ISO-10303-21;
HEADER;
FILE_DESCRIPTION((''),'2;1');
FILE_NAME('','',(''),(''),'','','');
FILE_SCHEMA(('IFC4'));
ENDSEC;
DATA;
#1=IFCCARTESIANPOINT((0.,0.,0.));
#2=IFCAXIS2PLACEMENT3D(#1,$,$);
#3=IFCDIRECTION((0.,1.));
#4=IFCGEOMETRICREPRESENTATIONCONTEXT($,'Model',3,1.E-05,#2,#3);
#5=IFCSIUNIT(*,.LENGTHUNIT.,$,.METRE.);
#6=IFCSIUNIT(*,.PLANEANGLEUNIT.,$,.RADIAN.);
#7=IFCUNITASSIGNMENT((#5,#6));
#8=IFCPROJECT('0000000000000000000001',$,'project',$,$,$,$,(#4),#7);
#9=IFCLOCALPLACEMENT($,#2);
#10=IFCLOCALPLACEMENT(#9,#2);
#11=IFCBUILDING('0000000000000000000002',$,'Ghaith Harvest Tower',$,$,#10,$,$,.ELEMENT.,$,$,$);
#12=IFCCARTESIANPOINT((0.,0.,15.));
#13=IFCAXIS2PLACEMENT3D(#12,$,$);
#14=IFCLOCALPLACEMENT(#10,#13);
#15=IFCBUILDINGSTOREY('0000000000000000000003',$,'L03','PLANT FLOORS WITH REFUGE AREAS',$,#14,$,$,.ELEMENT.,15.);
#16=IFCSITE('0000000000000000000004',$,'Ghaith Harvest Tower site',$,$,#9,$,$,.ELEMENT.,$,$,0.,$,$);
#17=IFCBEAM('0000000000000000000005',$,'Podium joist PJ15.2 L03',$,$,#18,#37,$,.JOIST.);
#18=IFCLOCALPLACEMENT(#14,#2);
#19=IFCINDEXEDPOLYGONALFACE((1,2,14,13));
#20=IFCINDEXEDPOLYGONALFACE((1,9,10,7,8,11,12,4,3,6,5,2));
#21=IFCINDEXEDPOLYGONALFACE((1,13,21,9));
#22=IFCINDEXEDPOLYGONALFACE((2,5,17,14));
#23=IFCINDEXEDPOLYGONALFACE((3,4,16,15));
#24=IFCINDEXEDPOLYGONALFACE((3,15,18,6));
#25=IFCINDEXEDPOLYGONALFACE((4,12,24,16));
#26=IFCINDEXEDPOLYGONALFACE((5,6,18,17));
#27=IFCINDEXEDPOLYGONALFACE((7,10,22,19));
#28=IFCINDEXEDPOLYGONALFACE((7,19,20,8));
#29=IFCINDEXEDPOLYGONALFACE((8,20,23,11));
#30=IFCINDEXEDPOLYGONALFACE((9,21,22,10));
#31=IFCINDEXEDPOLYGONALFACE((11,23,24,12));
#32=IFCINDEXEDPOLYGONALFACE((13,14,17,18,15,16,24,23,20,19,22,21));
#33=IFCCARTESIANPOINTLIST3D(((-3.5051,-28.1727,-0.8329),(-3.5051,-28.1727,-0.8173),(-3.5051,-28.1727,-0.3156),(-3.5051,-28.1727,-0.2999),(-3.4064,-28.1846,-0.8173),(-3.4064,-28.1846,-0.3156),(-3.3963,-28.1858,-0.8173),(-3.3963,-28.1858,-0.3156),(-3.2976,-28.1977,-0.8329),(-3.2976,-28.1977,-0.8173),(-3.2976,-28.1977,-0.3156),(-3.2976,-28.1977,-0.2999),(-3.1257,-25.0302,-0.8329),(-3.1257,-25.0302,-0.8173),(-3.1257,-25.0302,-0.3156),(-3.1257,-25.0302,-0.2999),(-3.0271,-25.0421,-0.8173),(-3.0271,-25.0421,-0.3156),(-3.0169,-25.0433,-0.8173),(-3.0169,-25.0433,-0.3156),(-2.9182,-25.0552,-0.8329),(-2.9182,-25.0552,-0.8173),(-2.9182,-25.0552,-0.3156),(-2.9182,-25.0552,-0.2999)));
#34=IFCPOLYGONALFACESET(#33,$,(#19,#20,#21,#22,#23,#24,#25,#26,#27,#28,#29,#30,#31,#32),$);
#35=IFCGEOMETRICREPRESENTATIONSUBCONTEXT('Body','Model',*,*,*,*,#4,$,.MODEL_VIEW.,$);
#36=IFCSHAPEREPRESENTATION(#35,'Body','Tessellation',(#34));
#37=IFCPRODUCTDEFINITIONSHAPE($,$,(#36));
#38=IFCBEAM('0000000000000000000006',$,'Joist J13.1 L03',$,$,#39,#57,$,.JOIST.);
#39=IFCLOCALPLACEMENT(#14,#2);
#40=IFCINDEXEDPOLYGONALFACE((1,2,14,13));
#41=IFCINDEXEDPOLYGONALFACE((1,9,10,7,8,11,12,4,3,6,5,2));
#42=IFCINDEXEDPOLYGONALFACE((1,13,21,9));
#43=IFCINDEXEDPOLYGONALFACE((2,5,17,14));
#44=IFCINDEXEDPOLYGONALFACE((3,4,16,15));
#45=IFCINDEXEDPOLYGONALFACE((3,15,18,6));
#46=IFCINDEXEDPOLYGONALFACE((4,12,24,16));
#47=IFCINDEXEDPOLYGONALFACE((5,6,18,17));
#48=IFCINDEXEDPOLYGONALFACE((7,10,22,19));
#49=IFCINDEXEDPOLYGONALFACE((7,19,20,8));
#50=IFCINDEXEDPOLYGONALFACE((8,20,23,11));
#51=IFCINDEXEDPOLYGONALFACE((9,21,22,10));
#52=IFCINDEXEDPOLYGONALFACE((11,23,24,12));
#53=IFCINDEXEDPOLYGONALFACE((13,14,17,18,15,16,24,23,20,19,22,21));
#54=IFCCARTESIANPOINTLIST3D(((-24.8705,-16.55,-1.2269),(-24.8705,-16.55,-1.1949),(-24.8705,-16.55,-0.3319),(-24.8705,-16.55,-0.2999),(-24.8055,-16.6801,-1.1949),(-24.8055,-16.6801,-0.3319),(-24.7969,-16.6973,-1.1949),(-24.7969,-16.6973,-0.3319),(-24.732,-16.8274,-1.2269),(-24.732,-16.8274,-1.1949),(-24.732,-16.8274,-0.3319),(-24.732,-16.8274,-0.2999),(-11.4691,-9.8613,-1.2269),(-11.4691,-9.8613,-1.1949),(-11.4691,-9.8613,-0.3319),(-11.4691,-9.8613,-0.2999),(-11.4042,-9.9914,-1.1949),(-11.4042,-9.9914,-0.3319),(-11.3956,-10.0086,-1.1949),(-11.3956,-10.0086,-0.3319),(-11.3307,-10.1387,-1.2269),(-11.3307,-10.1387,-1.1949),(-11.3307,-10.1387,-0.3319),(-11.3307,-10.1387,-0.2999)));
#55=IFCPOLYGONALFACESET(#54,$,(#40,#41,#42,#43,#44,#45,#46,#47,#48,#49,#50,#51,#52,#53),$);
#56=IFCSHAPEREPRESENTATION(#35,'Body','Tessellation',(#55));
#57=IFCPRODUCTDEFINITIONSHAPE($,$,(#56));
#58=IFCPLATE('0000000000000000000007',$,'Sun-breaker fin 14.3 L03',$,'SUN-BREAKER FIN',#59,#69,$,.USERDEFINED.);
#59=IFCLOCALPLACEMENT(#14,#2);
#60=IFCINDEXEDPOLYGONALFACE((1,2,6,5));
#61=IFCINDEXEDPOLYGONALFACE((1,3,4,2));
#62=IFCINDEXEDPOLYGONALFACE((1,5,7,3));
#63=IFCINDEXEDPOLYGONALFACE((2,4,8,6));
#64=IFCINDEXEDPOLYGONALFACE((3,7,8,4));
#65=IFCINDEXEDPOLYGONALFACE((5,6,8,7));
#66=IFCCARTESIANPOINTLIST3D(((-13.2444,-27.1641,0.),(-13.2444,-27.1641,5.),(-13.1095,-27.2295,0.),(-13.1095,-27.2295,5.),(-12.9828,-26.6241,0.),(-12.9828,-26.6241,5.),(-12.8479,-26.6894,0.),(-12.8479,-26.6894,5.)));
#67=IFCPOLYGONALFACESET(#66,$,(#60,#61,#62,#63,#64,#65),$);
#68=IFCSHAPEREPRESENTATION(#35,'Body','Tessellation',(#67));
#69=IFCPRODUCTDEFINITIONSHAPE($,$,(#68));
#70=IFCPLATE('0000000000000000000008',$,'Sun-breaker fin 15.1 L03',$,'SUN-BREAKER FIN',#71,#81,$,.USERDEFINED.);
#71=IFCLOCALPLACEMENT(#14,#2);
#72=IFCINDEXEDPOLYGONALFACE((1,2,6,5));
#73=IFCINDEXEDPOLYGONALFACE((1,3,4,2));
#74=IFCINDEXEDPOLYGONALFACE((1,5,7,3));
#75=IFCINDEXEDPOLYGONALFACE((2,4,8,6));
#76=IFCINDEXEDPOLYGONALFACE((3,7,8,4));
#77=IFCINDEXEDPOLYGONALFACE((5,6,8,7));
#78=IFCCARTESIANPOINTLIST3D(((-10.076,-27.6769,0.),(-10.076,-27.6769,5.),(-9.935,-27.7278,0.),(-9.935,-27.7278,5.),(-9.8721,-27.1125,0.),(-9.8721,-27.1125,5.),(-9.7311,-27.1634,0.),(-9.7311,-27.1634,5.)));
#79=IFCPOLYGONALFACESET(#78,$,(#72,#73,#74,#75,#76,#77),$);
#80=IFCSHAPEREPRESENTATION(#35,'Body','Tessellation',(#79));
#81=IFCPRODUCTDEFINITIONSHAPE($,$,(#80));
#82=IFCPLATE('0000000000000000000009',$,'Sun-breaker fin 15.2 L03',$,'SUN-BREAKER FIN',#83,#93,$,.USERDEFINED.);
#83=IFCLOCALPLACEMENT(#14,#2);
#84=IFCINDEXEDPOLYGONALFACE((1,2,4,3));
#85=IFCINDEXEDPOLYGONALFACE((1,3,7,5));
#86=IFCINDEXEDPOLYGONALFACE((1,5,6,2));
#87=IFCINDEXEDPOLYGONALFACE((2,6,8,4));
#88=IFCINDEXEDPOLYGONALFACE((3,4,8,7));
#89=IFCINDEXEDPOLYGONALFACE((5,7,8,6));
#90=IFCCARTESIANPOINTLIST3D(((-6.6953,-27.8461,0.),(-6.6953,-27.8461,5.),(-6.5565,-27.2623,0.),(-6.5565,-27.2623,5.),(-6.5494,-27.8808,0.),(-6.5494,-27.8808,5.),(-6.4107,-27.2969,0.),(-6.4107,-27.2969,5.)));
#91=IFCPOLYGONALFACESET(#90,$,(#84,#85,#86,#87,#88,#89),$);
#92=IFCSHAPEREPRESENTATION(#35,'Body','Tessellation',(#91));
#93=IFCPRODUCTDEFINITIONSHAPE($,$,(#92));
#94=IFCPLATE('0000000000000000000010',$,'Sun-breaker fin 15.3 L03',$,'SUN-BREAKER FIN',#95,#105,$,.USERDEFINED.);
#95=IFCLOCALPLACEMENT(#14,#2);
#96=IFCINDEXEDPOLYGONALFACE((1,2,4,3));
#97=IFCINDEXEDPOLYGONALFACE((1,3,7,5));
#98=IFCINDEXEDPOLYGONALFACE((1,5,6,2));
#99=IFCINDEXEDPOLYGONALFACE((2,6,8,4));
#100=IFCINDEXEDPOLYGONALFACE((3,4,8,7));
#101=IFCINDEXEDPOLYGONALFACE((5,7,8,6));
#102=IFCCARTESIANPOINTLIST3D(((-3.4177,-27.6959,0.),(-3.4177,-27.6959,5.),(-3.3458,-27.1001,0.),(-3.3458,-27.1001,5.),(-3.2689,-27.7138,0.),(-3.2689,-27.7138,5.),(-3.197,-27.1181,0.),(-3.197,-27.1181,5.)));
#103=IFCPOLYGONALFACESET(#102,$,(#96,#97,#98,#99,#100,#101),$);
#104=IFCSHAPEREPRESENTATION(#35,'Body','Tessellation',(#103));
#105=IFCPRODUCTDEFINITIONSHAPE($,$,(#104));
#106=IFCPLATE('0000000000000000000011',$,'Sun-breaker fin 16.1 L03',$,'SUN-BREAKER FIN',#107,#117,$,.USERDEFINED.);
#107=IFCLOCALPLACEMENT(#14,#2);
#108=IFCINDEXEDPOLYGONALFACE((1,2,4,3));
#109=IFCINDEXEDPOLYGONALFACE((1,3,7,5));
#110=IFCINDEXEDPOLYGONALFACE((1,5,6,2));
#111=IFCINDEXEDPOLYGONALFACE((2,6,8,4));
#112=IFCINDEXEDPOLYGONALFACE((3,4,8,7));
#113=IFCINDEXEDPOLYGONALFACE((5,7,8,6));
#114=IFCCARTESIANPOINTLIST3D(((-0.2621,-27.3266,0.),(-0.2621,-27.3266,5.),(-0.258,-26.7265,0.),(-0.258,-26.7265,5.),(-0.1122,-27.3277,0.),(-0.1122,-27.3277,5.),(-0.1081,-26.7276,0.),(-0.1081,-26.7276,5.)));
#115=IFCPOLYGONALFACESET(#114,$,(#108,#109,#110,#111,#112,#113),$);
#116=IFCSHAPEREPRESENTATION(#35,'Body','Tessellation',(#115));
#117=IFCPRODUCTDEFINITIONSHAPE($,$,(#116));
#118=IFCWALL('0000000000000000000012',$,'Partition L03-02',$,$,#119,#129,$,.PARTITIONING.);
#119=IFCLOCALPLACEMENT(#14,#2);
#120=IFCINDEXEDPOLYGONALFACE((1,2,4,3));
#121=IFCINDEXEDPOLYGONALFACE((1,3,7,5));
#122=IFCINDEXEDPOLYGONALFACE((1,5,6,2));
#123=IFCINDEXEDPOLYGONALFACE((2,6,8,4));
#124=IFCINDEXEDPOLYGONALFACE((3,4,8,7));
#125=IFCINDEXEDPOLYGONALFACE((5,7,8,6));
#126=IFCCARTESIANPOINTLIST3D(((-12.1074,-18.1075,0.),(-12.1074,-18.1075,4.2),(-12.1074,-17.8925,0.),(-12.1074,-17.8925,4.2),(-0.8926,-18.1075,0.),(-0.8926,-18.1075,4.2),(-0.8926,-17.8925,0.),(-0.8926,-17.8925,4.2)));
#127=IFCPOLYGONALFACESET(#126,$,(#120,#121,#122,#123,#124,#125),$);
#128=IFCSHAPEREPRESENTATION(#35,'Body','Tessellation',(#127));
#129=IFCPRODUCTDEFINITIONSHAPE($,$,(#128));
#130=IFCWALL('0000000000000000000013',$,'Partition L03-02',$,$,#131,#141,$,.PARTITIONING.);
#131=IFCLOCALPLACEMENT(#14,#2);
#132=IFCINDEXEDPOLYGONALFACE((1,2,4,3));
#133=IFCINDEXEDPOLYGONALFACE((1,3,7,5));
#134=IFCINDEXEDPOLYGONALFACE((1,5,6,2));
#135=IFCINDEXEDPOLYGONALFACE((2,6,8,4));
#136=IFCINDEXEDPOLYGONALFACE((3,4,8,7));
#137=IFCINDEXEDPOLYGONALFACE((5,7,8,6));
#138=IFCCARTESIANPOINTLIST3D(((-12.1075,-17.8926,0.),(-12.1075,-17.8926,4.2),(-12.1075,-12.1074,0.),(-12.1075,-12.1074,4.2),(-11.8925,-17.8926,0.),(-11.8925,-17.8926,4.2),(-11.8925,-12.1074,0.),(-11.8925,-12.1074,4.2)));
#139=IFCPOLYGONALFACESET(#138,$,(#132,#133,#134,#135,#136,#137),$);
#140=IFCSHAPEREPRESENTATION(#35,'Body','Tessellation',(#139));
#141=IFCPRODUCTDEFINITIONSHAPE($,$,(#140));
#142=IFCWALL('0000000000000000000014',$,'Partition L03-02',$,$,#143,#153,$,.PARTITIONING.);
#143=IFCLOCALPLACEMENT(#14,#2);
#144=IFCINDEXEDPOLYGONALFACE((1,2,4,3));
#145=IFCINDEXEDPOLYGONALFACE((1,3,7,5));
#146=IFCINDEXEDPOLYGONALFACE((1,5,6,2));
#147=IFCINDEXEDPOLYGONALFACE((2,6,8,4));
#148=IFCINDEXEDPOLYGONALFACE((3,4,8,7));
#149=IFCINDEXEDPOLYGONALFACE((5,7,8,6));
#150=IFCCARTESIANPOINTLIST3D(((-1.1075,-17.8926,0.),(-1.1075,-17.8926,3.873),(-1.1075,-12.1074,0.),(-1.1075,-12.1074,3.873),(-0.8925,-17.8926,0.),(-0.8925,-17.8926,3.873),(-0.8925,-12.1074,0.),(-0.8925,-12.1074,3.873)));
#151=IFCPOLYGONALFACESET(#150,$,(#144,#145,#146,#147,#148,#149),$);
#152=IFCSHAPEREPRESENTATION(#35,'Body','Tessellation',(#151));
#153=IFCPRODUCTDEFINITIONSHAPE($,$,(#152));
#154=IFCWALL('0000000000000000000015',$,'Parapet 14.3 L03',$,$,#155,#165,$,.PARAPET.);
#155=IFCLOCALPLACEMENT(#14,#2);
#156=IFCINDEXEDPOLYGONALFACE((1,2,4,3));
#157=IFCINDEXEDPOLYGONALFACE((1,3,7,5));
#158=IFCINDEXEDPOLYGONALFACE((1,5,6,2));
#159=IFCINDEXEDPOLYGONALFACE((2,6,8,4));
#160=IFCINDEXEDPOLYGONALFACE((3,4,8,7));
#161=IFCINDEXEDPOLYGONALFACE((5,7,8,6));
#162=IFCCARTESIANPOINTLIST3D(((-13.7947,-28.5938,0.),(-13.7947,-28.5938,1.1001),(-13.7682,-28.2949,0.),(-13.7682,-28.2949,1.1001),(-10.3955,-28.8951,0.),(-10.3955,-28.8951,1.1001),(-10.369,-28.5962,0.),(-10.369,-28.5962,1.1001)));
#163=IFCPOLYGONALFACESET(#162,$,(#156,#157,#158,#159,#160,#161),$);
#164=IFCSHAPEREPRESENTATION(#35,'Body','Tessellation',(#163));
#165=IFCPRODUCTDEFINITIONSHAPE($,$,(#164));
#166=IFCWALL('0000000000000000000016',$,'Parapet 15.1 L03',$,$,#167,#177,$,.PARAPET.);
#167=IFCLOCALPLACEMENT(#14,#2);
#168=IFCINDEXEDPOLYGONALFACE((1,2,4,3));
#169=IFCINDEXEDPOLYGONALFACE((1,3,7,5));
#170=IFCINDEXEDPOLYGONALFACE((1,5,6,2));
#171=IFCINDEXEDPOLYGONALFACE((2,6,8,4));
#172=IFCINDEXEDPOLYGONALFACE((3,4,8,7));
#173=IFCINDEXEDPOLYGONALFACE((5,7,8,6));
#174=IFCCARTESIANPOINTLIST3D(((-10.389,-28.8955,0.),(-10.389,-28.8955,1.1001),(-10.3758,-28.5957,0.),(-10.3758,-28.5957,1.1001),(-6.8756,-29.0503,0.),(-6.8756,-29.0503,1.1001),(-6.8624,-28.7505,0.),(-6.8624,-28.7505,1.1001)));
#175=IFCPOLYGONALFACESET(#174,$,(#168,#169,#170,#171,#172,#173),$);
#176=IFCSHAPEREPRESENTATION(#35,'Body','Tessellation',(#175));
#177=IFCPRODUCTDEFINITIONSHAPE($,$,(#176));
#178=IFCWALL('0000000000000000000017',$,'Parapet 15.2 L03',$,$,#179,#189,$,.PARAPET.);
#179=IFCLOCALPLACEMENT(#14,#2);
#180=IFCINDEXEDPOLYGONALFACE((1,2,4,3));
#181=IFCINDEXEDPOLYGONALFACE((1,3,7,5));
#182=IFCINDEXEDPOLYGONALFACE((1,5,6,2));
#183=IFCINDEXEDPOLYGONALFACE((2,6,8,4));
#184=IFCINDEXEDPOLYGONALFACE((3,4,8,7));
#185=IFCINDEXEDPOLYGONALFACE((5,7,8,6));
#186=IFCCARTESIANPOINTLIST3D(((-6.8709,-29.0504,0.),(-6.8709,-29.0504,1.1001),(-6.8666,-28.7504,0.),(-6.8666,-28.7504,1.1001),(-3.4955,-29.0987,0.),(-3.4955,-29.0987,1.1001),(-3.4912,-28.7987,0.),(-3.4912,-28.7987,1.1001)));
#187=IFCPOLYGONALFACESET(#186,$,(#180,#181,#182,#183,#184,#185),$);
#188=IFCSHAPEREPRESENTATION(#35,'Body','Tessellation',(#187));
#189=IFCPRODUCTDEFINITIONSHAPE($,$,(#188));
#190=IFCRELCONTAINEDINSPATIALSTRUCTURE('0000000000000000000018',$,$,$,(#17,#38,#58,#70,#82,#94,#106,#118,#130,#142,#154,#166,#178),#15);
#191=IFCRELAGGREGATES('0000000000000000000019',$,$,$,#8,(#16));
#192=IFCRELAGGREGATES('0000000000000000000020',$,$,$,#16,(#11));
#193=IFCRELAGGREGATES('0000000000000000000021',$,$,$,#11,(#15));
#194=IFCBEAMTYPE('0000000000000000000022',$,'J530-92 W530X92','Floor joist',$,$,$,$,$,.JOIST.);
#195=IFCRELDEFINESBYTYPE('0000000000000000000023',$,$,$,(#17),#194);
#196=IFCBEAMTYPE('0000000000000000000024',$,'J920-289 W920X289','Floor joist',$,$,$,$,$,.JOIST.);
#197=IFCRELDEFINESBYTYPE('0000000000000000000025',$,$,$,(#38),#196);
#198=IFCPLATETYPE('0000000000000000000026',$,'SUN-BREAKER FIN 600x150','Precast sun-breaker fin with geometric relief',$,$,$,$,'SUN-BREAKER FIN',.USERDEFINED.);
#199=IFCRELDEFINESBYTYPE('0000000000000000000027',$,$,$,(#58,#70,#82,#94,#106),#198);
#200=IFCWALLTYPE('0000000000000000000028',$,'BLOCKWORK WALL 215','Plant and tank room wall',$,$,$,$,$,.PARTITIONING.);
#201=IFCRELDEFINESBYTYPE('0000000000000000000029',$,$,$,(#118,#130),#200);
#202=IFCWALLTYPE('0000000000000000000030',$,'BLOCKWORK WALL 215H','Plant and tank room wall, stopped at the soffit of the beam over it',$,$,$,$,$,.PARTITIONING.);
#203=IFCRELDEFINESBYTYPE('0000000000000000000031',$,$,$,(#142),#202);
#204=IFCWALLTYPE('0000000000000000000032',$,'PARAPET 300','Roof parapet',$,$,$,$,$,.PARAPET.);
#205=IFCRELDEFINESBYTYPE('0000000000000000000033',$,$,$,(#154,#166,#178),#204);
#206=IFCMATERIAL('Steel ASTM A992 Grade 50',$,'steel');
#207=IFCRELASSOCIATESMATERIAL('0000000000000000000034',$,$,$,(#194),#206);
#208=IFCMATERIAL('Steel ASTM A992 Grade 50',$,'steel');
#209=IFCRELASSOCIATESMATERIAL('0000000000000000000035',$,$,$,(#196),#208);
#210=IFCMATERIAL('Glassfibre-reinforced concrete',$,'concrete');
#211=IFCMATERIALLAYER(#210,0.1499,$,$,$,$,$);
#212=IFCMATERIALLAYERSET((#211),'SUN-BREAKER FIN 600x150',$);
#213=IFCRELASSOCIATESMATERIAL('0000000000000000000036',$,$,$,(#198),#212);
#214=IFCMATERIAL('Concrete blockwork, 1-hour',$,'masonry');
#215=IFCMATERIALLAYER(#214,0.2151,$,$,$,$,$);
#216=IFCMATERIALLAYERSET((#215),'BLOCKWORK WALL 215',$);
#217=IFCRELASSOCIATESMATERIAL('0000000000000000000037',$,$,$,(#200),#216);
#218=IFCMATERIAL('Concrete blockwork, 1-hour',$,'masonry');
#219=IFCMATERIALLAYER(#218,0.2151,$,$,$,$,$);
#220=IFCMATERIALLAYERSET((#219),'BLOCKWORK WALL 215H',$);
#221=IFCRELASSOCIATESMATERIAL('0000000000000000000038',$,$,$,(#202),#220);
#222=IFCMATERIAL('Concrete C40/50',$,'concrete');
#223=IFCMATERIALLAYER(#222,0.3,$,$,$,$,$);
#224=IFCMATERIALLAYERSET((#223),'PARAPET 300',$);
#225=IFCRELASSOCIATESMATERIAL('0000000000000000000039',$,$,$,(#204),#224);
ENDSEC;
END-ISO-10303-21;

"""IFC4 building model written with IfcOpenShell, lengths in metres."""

from ifc_helpers import new_model, si_unit, direction, frame, frame_2d, origin, origin_2d, place, context, subcontext, project, spatial, rectangle, i_section, extrude, material, layer, layer_set, material_profile, profile_set, type_object, element, save


model = new_model("IFC4")

# Units and contexts
model_context = context("Model", 3, precision=1e-05, world=origin(), true_north=direction((0.0, 1.0)))
body_context = subcontext(model_context, "Body", "Model", "MODEL_VIEW")
ifc_project = project(units=[si_unit("LENGTHUNIT", "METRE"), si_unit("PLANEANGLEUNIT", "RADIAN")], contexts=[model_context])

# Site, building, storey
site_placement = place(None, origin())
site = spatial("IfcSite", under=ifc_project, at=site_placement, Name="Ghaith Harvest Tower site", CompositionType="ELEMENT", RefElevation=0.0)
building_placement = place(site_placement, origin())
building = spatial("IfcBuilding", under=site, at=building_placement, Name="Ghaith Harvest Tower", CompositionType="ELEMENT")
storey_placement = place(building_placement, frame((0.0, 0.0, 15.0)))
storey = spatial("IfcBuildingStorey", under=building, at=storey_placement, Name="L03", Description="PLANT FLOORS WITH REFUGE AREAS", CompositionType="ELEMENT", Elevation=15.0)

# Beams
ifc_material_1 = material(Name="Steel ASTM A992 Grade 50", Category="steel")
ifc_material_profile_1 = material_profile(ifc_material_1, i_section(OverallWidth=0.209, OverallDepth=0.533, WebThickness=0.0103, FlangeThickness=0.0156, at=origin_2d()), Name="W530X92")
ifc_profile_set_1 = profile_set([ifc_material_profile_1], Name="Steel ASTM A992 Grade 50")
beam_type_1 = type_object("IfcBeamType", Name="J530-92 W530X92", Description="Floor joist", PredefinedType="JOIST", material=ifc_profile_set_1)
beam_1_placement = place(storey_placement, frame((-3.022, -25.0427, -0.5664), z_axis=(-0.119857, -0.992791, 0.0), x_axis=(0.992791, -0.119857, 0.0)))
element("IfcBeam", 1, at=beam_1_placement, inside=storey, type_object=beam_type_1, Name="Podium joist PJ15.2 L03", PredefinedType="JOIST", context=body_context, shape_type="SweptSolid", body=[
    extrude(i_section(OverallWidth=0.209, OverallDepth=0.533, WebThickness=0.0103, FlangeThickness=0.0156, at=origin_2d()), origin(), (0.0, 0.0, 1.0), 3.1653),
])
ifc_material_2 = material(Name="Steel ASTM A992 Grade 50", Category="steel")
ifc_material_profile_2 = material_profile(ifc_material_2, i_section(OverallWidth=0.3101, OverallDepth=0.927, WebThickness=0.0193, FlangeThickness=0.032, at=origin_2d()), Name="W920X289")
ifc_profile_set_2 = profile_set([ifc_material_profile_2], Name="Steel ASTM A992 Grade 50")
beam_type_2 = type_object("IfcBeamType", Name="J920-289 W920X289", Description="Floor joist", PredefinedType="JOIST", material=ifc_profile_set_2)
beam_2_placement = place(storey_placement, frame((-11.3999, -10.0, -0.7634), z_axis=(-0.894746, -0.446575, 0.0), x_axis=(0.446575, -0.894746, 0.0)))
element("IfcBeam", 2, at=beam_2_placement, inside=storey, type_object=beam_type_2, Name="Joist J13.1 L03", PredefinedType="JOIST", context=body_context, shape_type="SweptSolid", body=[
    extrude(i_section(OverallWidth=0.3101, OverallDepth=0.927, WebThickness=0.0193, FlangeThickness=0.032, at=origin_2d()), origin(), (0.0, 0.0, 1.0), 14.9778),
])

# Plates
ifc_material_3 = material(Name="Glassfibre-reinforced concrete", Category="concrete")
ifc_layer_1 = layer(ifc_material_3, 0.1499)
ifc_layer_set_1 = layer_set([ifc_layer_1], Name="SUN-BREAKER FIN 600x150")
plate_type = type_object("IfcPlateType", Name="SUN-BREAKER FIN 600x150", Description="Precast sun-breaker fin with geometric relief", ElementType="SUN-BREAKER FIN", PredefinedType="USERDEFINED", material=ifc_layer_set_1)
for number, where, z_axis, x_axis, name in (
    (3, (-13.0461, -26.9268, 0.0), (0.0, 0.0, 1.0), (-0.436023, -0.899935, 0.0), "Sun-breaker fin 14.3 L03"),
    (4, (-9.9036, -27.4202, 0.0), (0.0, 0.0, 1.0), (-0.339699, -0.940534, 0.0), "Sun-breaker fin 15.1 L03"),
    (5, (-6.553, -27.5715, 0.0), (0.0, 0.0, 1.0), (-0.231234, -0.972898, 0.0), "Sun-breaker fin 15.2 L03"),
    (6, (-3.3074, -27.407, 0.0), (0.0, 0.0, 1.0), (-0.119807, -0.992797, 0.0), "Sun-breaker fin 15.3 L03"),
    (7, (-0.1851, -27.0271, 0.0), (0.0, 0.0, 1.0), (-0.006844, -0.999977, 0.0), "Sun-breaker fin 16.1 L03"),
):
    element("IfcPlate", number, at=place(storey_placement, frame(where, z_axis=z_axis, x_axis=x_axis)), inside=storey, type_object=plate_type, Name=name, ObjectType="SUN-BREAKER FIN", PredefinedType="USERDEFINED", context=body_context, shape_type="SweptSolid", body=[
        extrude(rectangle(XDim=0.6001, YDim=0.1499, at=origin_2d()), origin(), (0.0, 0.0, 1.0), 5.0),
    ])

# Shared definitions
ifc_material_4 = material(Name="Concrete blockwork, 1-hour", Category="masonry")
ifc_layer_2 = layer(ifc_material_4, 0.2151)
ifc_layer_set_2 = layer_set([ifc_layer_2], Name="BLOCKWORK WALL 215")
wall_type_1 = type_object("IfcWallType", Name="BLOCKWORK WALL 215", Description="Plant and tank room wall", PredefinedType="PARTITIONING", material=ifc_layer_set_2)

# Wall
wall_1_placement = place(storey_placement, frame((-12.1074, -18.0, 0.0), z_axis=(0.0, 0.0, 1.0), x_axis=(1.0, 0.0, 0.0)))
element("IfcWall", 8, at=wall_1_placement, inside=storey, type_object=wall_type_1, Name="Partition L03-02", PredefinedType="PARTITIONING", context=body_context, shape_type="SweptSolid", body=[
    extrude(rectangle(XDim=11.2148, YDim=0.2151, at=frame_2d((5.6074, 0.0))), origin(), (0.0, 0.0, 1.0), 4.2),
])

# Walls
wall_2_placement = place(storey_placement, frame((-12.0, -17.8926, 0.0), z_axis=(0.0, 0.0, 1.0), x_axis=(0.0, 1.0, 0.0)))
element("IfcWall", 9, at=wall_2_placement, inside=storey, type_object=wall_type_1, Name="Partition L03-02", PredefinedType="PARTITIONING", context=body_context, shape_type="SweptSolid", body=[
    extrude(rectangle(XDim=5.7852, YDim=0.2151, at=frame_2d((2.8926, 0.0))), origin(), (0.0, 0.0, 1.0), 4.2),
])
ifc_material_5 = material(Name="Concrete blockwork, 1-hour", Category="masonry")
ifc_layer_3 = layer(ifc_material_5, 0.2151)
ifc_layer_set_3 = layer_set([ifc_layer_3], Name="BLOCKWORK WALL 215H")
wall_type_2 = type_object("IfcWallType", Name="BLOCKWORK WALL 215H", Description="Plant and tank room wall, stopped at the soffit of the beam over it", PredefinedType="PARTITIONING", material=ifc_layer_set_3)
wall_3_placement = place(storey_placement, frame((-1.0, -17.8926, 0.0), z_axis=(0.0, 0.0, 1.0), x_axis=(0.0, 1.0, 0.0)))
element("IfcWall", 10, at=wall_3_placement, inside=storey, type_object=wall_type_2, Name="Partition L03-02", PredefinedType="PARTITIONING", context=body_context, shape_type="SweptSolid", body=[
    extrude(rectangle(XDim=5.7852, YDim=0.2151, at=frame_2d((2.8926, 0.0))), origin(), (0.0, 0.0, 1.0), 3.873),
])
ifc_material_6 = material(Name="Concrete C40/50", Category="concrete")
ifc_layer_4 = layer(ifc_material_6, 0.3)
ifc_layer_set_4 = layer_set([ifc_layer_4], Name="PARAPET 300")
wall_type_3 = type_object("IfcWallType", Name="PARAPET 300", Description="Roof parapet", PredefinedType="PARAPET", material=ifc_layer_set_4)
wall_4_placement = place(storey_placement, frame((-13.7815, -28.4443, 0.0), z_axis=(0.0, 0.0, 1.0), x_axis=(0.996095, -0.088284, 0.0)))
element("IfcWall", 11, at=wall_4_placement, inside=storey, type_object=wall_type_3, Name="Parapet 14.3 L03", PredefinedType="PARAPET", context=body_context, shape_type="SweptSolid", body=[
    extrude(rectangle(XDim=3.4126, YDim=0.3, at=frame_2d((1.7063, 0.0))), origin(), (0.0, 0.0, 1.0), 1.1001),
])
wall_5_placement = place(storey_placement, frame((-10.3823, -28.7456, 0.0), z_axis=(0.0, 0.0, 1.0), x_axis=(0.999031, -0.044013, 0.0)))
element("IfcWall", 12, at=wall_5_placement, inside=storey, type_object=wall_type_3, Name="Parapet 15.1 L03", PredefinedType="PARAPET", context=body_context, shape_type="SweptSolid", body=[
    extrude(rectangle(XDim=3.5168, YDim=0.3, at=frame_2d((1.7583, 0.0))), origin(), (0.0, 0.0, 1.0), 1.1001),
])
wall_6_placement = place(storey_placement, frame((-6.8689, -28.9004, 0.0), z_axis=(0.0, 0.0, 1.0), x_axis=(0.999897, -0.014319, 0.0)))
element("IfcWall", 13, at=wall_6_placement, inside=storey, type_object=wall_type_3, Name="Parapet 15.2 L03", PredefinedType="PARAPET", context=body_context, shape_type="SweptSolid", body=[
    extrude(rectangle(XDim=3.3757, YDim=0.3, at=frame_2d((1.688, 0.0))), origin(), (0.0, 0.0, 1.0), 1.1001),
])

save(model, "model.ifc")
